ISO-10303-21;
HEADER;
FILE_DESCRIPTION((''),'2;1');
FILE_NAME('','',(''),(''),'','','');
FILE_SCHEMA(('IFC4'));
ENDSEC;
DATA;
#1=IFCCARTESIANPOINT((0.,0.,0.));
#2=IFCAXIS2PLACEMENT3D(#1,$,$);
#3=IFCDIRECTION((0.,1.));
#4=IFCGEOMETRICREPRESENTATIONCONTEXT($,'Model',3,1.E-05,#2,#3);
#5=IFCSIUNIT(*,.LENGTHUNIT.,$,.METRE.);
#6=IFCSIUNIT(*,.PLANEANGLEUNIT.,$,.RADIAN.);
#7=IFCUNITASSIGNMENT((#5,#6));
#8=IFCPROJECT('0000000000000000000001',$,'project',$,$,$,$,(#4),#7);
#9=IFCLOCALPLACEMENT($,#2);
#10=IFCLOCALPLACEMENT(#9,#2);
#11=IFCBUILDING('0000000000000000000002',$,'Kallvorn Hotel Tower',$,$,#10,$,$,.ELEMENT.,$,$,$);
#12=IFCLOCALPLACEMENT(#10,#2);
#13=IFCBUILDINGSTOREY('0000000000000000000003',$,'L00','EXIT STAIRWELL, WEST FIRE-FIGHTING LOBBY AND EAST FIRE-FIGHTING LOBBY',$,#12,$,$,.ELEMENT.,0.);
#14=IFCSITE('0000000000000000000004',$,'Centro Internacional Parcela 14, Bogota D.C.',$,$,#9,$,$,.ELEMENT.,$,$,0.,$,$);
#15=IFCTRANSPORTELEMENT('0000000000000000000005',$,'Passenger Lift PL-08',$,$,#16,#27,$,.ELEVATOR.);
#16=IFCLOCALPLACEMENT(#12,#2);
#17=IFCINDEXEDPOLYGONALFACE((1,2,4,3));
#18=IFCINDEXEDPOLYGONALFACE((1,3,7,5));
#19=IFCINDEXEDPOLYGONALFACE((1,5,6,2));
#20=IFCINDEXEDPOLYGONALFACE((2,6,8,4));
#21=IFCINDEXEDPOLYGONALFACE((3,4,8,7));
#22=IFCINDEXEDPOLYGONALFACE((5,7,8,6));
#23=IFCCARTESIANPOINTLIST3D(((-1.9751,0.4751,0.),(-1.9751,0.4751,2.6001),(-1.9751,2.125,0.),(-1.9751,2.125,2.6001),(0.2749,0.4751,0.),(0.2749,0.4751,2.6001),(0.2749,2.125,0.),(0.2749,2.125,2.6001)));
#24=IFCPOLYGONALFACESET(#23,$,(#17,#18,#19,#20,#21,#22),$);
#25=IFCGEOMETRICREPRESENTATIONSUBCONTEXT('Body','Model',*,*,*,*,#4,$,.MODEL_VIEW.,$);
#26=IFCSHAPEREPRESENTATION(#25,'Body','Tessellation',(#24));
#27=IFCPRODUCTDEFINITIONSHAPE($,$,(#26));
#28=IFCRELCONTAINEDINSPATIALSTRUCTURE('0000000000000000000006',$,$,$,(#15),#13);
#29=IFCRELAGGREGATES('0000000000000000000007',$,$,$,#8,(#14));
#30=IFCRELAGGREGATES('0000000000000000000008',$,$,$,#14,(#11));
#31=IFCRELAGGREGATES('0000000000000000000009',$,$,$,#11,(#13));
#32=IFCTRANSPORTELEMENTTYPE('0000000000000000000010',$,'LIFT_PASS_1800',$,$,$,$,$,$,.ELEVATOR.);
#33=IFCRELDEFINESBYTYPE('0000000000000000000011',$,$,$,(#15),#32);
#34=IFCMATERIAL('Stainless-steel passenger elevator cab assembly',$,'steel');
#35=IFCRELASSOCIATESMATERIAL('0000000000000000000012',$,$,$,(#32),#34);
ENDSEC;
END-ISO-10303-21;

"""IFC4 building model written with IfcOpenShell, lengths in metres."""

from ifc_helpers import new_model, si_unit, direction, frame, origin, origin_2d, place, context, subcontext, project, spatial, rectangle, extrude, material, type_object, element, save


model = new_model("IFC4")

# Units and contexts
model_context = context("Model", 3, precision=1e-05, world=origin(), true_north=direction((0.0, 1.0)))
body_context = subcontext(model_context, "Body", "Model", "MODEL_VIEW")
ifc_project = project(units=[si_unit("LENGTHUNIT", "METRE"), si_unit("PLANEANGLEUNIT", "RADIAN")], contexts=[model_context])

# Site, building, storey
site_placement = place(None, origin())
site = spatial("IfcSite", under=ifc_project, at=site_placement, Name="Centro Internacional Parcela 14, Bogota D.C.", CompositionType="ELEMENT", RefElevation=0.0)
building_placement = place(site_placement, origin())
building = spatial("IfcBuilding", under=site, at=building_placement, Name="Kallvorn Hotel Tower", CompositionType="ELEMENT")
storey_placement = place(building_placement, origin())
storey = spatial("IfcBuildingStorey", under=building, at=storey_placement, Name="L00", Description="EXIT STAIRWELL, WEST FIRE-FIGHTING LOBBY AND EAST FIRE-FIGHTING LOBBY", CompositionType="ELEMENT", Elevation=0.0)

# Transport element
ifc_material_1 = material(Name="Stainless-steel passenger elevator cab assembly", Category="steel")
transport_element_type = type_object("IfcTransportElementType", Name="LIFT_PASS_1800", PredefinedType="ELEVATOR", material=ifc_material_1)
for number, where, z_axis, x_axis, name in (
    (1, (-0.8501, 1.3, 0.0), (0.0, 0.0, 1.0), (1.0, 0.0, 0.0), "Passenger Lift PL-08"),
):
    element("IfcTransportElement", number, at=place(storey_placement, frame(where, z_axis=z_axis, x_axis=x_axis)), inside=storey, type_object=transport_element_type, Name=name, PredefinedType="ELEVATOR", context=body_context, shape_type="SweptSolid", body=[
        extrude(rectangle(XDim=2.25, YDim=1.6499, at=origin_2d()), origin(), (0.0, 0.0, 1.0), 2.6001),
    ])

save(model, "model.ifc")
